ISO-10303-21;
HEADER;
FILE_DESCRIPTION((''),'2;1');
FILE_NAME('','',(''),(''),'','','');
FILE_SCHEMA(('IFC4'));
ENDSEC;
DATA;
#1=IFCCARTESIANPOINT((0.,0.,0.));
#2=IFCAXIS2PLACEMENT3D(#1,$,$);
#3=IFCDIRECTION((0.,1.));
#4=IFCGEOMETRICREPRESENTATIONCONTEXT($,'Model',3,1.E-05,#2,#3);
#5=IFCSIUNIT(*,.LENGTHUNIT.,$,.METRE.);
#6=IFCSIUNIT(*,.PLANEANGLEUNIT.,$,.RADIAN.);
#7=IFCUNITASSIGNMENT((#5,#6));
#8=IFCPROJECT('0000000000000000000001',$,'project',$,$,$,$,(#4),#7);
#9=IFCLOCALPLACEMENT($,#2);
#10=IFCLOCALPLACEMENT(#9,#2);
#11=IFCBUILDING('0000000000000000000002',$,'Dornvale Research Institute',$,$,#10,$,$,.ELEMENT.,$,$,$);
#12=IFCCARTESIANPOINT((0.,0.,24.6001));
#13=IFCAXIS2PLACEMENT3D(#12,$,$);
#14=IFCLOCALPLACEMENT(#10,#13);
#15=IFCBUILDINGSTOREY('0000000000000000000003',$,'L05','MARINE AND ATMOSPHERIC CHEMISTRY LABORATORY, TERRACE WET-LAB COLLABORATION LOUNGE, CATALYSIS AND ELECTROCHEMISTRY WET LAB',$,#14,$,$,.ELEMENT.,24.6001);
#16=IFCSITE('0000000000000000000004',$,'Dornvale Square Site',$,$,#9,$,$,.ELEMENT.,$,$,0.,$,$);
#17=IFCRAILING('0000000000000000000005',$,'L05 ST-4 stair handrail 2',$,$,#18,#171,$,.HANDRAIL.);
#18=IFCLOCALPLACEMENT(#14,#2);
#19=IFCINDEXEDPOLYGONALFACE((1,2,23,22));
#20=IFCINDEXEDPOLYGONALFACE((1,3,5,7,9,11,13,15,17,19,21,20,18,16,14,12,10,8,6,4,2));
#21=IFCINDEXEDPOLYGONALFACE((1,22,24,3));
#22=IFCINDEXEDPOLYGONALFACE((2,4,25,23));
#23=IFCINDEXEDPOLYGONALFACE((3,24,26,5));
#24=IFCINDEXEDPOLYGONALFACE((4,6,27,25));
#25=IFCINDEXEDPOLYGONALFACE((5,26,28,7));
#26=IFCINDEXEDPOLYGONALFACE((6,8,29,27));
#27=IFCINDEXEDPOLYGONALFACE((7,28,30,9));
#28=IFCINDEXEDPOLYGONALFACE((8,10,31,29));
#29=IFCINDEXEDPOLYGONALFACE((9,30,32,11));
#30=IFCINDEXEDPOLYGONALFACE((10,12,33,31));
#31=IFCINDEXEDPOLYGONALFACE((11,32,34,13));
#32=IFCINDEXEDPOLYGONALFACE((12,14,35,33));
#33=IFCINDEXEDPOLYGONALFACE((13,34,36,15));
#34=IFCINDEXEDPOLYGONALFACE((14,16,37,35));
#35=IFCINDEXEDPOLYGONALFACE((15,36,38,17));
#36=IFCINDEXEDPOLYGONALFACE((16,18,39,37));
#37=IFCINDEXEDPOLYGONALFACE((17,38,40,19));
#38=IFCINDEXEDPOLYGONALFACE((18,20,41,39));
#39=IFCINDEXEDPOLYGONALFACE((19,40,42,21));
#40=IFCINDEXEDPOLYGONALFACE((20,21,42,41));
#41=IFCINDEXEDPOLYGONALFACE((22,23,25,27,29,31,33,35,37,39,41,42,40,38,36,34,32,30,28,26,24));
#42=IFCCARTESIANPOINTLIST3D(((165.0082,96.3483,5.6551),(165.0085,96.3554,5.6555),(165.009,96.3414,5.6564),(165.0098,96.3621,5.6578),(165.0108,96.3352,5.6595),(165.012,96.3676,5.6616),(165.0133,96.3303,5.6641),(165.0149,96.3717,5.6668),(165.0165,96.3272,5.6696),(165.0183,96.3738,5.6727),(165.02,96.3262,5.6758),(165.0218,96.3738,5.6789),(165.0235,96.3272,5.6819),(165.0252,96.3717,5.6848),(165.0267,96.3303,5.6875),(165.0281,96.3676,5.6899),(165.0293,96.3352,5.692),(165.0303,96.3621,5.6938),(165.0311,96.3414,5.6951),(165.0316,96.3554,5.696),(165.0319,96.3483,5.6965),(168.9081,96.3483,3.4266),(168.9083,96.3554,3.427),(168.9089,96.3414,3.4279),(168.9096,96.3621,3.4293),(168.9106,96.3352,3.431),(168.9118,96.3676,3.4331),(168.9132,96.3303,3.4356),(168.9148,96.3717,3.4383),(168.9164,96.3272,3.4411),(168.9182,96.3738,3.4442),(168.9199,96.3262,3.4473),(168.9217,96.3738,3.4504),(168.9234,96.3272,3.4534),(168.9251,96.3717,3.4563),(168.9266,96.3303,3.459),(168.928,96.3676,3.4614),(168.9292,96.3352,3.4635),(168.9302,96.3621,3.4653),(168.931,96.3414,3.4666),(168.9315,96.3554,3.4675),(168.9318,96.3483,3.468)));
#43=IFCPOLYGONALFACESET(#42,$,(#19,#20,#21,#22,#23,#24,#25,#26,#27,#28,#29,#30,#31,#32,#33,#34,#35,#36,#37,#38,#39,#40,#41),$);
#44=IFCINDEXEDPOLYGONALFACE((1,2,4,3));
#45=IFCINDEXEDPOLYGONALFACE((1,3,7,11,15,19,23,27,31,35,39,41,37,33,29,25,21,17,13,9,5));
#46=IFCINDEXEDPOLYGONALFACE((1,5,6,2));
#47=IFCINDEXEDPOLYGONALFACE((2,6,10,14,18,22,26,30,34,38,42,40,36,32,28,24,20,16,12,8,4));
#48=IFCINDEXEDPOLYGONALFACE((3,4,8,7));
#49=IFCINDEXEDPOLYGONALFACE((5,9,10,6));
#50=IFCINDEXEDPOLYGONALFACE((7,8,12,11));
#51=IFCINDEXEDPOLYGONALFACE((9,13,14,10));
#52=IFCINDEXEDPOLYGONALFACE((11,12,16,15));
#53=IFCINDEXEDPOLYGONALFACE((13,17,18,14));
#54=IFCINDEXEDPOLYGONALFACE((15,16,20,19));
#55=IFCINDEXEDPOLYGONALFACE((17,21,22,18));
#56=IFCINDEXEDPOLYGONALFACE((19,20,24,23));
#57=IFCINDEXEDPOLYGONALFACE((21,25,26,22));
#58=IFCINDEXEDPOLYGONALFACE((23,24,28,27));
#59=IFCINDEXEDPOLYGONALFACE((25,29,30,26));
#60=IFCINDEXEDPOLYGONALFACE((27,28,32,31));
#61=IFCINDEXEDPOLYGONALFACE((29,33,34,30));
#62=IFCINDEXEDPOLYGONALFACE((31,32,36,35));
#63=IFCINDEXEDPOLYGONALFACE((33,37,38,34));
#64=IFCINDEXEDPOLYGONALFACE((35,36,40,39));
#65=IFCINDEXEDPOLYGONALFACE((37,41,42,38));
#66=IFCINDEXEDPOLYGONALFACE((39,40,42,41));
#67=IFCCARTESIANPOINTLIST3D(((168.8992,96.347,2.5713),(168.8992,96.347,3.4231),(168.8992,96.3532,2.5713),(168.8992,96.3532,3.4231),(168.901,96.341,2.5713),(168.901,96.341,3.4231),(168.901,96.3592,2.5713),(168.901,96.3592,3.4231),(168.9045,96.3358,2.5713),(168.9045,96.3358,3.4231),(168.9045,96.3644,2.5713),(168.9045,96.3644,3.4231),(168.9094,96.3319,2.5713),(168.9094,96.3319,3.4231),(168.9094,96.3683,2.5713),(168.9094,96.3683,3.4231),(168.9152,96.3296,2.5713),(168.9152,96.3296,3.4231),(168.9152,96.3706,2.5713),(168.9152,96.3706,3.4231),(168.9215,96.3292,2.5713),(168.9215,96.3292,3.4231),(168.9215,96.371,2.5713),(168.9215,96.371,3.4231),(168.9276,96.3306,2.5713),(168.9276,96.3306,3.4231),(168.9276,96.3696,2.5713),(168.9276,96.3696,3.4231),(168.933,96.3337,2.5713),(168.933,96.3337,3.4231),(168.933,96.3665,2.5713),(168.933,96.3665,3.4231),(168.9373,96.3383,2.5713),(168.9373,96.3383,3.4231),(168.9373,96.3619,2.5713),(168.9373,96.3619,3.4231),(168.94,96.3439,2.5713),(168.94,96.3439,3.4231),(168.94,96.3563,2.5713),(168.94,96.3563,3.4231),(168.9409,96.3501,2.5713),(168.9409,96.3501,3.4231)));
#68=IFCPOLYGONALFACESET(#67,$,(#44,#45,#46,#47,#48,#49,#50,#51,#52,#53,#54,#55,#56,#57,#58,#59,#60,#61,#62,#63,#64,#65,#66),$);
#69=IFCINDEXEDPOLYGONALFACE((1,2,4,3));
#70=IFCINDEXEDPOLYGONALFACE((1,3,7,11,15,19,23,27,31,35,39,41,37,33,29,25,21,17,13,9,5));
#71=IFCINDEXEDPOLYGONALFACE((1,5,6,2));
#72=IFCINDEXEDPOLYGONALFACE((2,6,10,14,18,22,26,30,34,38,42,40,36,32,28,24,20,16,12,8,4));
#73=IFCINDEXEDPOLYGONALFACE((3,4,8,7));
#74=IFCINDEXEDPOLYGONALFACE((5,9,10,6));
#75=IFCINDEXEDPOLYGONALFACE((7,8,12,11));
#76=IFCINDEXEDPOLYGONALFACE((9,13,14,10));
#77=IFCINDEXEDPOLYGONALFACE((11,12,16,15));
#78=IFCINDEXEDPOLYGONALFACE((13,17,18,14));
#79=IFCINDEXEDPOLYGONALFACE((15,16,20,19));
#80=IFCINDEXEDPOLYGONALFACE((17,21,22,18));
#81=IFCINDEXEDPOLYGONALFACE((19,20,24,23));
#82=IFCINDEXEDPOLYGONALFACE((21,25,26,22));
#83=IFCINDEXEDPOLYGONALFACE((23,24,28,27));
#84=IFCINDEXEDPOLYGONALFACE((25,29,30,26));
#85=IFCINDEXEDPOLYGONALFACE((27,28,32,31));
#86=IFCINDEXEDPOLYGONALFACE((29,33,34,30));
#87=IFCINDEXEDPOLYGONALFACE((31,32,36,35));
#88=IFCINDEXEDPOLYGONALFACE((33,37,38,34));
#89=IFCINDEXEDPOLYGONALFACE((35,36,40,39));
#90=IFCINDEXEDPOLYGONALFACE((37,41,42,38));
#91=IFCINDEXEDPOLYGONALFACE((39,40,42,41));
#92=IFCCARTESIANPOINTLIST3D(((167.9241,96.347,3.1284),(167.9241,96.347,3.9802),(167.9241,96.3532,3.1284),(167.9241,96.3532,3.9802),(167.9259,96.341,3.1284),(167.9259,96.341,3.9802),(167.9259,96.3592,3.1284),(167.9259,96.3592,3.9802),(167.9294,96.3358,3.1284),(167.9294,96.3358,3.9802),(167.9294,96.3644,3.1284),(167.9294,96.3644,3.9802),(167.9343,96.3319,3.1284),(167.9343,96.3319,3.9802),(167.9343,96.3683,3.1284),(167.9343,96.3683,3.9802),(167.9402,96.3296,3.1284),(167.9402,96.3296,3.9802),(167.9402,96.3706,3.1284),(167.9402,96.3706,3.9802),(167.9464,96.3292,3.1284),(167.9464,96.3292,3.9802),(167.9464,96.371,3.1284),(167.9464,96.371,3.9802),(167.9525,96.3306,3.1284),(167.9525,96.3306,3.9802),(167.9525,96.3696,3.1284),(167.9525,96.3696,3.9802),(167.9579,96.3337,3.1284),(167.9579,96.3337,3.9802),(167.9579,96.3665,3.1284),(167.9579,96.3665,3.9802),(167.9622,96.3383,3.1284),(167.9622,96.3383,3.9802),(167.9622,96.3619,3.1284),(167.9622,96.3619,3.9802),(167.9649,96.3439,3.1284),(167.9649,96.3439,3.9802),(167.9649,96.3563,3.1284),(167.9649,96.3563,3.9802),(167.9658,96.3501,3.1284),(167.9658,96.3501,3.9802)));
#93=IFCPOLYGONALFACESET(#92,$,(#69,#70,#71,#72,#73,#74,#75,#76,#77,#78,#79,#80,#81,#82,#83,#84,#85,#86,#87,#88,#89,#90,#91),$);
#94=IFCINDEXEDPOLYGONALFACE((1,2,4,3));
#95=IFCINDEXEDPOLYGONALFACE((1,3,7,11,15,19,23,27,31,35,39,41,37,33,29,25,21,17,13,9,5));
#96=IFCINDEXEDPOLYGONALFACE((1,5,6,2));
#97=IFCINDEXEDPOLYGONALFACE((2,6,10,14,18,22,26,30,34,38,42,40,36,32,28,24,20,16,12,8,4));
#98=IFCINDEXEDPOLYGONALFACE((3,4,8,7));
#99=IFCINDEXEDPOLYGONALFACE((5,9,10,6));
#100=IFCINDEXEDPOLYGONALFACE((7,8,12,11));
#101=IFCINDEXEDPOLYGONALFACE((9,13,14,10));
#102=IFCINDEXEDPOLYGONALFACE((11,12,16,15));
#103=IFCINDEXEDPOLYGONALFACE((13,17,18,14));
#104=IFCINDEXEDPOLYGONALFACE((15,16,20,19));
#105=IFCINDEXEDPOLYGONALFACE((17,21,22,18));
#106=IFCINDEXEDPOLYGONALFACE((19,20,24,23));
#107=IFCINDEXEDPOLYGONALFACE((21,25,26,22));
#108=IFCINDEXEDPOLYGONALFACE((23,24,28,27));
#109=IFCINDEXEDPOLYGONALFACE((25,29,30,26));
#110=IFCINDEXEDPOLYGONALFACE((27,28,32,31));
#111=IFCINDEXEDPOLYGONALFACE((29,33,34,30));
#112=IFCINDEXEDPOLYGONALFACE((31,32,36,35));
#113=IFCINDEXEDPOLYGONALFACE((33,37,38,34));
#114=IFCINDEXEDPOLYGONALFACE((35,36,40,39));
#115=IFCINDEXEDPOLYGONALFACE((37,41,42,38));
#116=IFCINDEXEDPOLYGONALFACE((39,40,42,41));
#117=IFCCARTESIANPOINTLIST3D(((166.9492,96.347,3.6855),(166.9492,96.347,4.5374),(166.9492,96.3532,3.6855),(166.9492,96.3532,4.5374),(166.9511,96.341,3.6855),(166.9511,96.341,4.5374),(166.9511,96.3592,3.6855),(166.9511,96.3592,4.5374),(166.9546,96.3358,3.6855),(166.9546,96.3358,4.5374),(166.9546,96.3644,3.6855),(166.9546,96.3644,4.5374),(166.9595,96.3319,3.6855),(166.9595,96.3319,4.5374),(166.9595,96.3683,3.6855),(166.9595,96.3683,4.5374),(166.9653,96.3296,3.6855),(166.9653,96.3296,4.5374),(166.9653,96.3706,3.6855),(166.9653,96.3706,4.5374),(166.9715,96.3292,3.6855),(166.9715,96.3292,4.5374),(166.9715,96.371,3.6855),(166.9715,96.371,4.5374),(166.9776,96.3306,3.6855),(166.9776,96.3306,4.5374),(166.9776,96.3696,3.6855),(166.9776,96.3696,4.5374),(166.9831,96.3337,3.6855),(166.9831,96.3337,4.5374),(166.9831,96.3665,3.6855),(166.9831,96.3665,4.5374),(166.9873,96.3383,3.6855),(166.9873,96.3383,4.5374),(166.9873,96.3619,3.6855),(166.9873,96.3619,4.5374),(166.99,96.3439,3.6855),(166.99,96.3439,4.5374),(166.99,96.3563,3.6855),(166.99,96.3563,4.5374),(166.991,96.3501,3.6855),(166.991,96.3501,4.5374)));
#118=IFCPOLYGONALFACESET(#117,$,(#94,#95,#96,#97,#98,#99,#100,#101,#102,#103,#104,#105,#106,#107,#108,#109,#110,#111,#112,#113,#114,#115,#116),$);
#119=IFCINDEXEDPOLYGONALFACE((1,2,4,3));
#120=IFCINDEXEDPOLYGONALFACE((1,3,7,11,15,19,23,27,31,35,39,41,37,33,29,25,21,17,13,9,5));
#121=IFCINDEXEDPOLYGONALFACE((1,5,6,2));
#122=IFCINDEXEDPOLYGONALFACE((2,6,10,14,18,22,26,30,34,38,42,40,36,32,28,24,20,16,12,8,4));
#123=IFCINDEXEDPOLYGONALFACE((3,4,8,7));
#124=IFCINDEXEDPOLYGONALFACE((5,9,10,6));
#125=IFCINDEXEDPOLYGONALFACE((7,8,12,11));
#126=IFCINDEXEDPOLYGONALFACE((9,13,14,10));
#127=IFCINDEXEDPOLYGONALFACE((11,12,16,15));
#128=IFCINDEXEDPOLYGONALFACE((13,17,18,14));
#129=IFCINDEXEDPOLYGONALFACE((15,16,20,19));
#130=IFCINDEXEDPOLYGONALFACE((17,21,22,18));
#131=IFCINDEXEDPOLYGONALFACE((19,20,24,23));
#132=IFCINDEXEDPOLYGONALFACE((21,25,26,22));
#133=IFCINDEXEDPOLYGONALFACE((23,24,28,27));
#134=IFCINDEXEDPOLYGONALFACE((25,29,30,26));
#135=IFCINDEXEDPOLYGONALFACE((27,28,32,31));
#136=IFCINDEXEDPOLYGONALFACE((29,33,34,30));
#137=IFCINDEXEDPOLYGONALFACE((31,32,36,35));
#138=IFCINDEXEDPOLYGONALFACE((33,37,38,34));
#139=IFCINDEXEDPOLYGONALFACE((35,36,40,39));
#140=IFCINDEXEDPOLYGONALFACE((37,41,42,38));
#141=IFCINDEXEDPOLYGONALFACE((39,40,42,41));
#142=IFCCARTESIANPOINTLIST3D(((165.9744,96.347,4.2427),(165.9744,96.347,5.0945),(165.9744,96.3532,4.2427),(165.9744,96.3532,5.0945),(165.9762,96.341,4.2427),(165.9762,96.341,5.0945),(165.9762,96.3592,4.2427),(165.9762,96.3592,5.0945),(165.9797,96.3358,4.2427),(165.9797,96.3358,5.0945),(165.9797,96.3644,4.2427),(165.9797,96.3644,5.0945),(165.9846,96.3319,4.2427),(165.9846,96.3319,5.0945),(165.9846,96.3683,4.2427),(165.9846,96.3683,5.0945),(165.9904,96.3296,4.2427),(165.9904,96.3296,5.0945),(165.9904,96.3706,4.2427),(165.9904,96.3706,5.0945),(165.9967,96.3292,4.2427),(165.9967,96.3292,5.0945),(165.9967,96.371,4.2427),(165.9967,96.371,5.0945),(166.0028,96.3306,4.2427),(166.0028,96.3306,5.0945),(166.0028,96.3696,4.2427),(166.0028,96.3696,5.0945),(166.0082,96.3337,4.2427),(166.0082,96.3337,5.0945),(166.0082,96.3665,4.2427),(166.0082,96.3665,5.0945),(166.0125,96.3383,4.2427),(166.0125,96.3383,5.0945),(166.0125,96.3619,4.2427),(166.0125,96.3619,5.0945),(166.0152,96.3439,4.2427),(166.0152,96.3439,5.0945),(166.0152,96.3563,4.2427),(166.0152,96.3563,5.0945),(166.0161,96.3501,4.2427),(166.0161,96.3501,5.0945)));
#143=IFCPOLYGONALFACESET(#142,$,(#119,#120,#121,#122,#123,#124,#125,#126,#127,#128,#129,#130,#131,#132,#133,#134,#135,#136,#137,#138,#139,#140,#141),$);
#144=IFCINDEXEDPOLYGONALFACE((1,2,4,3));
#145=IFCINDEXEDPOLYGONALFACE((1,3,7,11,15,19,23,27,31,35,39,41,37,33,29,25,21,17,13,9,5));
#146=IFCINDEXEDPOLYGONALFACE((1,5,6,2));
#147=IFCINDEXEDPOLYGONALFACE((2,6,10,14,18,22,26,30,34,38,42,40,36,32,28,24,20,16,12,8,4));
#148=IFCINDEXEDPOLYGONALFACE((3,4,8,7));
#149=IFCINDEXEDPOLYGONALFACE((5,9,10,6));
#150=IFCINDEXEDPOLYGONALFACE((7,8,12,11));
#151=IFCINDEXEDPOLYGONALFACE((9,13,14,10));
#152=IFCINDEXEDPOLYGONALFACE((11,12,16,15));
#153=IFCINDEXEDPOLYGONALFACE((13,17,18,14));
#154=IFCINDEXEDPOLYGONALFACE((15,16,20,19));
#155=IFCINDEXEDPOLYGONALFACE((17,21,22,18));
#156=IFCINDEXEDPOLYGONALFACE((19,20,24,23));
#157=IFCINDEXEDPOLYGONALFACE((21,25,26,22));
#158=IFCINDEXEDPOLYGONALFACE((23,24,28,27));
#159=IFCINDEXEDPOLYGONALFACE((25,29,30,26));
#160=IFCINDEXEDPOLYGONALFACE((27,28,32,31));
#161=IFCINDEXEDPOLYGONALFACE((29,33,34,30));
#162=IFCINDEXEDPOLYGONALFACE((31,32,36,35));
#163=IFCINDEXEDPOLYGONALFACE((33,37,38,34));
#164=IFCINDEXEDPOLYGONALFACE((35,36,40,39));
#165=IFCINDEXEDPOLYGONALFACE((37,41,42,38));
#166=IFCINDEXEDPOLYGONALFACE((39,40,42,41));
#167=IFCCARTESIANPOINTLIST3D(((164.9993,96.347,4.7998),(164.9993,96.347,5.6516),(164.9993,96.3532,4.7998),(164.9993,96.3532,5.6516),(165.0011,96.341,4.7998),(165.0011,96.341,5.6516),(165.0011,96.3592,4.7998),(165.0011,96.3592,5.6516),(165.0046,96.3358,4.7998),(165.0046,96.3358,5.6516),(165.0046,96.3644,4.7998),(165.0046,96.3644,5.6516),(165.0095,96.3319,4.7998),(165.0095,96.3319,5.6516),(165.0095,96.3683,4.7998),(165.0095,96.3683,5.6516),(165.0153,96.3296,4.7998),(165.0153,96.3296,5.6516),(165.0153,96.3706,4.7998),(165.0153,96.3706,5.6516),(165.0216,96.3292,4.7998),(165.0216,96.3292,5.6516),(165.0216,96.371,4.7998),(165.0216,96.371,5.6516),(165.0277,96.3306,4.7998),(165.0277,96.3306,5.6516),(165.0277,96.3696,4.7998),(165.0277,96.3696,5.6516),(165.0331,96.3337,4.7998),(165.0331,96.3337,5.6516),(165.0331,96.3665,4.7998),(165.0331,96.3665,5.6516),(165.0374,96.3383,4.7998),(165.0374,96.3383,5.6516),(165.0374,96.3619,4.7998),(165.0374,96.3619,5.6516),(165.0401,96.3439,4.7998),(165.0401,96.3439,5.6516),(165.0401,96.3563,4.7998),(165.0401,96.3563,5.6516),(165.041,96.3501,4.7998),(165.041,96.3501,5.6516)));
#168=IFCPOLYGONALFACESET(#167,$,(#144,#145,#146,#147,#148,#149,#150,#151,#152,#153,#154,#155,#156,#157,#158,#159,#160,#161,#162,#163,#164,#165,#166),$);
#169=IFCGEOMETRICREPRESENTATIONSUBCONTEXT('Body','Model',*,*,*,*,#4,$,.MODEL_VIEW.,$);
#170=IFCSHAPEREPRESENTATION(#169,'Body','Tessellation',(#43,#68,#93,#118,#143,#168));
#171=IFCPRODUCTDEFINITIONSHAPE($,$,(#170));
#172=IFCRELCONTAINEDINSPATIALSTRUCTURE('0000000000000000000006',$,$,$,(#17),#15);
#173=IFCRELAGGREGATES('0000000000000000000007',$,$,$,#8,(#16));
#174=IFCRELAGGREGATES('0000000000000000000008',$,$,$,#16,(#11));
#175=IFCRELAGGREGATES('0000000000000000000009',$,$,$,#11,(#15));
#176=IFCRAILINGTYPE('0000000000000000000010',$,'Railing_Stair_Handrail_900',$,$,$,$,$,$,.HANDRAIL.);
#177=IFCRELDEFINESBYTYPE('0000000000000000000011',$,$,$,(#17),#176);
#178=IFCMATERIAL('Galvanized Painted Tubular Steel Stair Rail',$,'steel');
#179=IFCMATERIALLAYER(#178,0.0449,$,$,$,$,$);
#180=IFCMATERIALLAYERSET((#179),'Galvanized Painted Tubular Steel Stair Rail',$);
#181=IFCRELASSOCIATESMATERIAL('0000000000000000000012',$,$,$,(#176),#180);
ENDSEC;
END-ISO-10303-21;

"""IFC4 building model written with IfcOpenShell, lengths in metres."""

from ifc_helpers import new_model, si_unit, direction, frame, origin, origin_2d, place, context, subcontext, project, spatial, circle, extrude, material, layer, layer_set, type_object, element, save


model = new_model("IFC4")

# Units and contexts
model_context = context("Model", 3, precision=1e-05, world=origin(), true_north=direction((0.0, 1.0)))
body_context = subcontext(model_context, "Body", "Model", "MODEL_VIEW")
ifc_project = project(units=[si_unit("LENGTHUNIT", "METRE"), si_unit("PLANEANGLEUNIT", "RADIAN")], contexts=[model_context])

# Site, building, storey
site_placement = place(None, origin())
site = spatial("IfcSite", under=ifc_project, at=site_placement, Name="Dornvale Square Site", CompositionType="ELEMENT", RefElevation=0.0)
building_placement = place(site_placement, origin())
building = spatial("IfcBuilding", under=site, at=building_placement, Name="Dornvale Research Institute", CompositionType="ELEMENT")
storey_placement = place(building_placement, frame((0.0, 0.0, 24.6001)))
storey = spatial("IfcBuildingStorey", under=building, at=storey_placement, Name="L05", Description="MARINE AND ATMOSPHERIC CHEMISTRY LABORATORY, TERRACE WET-LAB COLLABORATION LOUNGE, CATALYSIS AND ELECTROCHEMISTRY WET LAB", CompositionType="ELEMENT", Elevation=24.6001)

# Railing
ifc_material_1 = material(Name="Galvanized Painted Tubular Steel Stair Rail", Category="steel")
ifc_layer_1 = layer(ifc_material_1, 0.0449)
ifc_layer_set_1 = layer_set([ifc_layer_1], Name="Galvanized Painted Tubular Steel Stair Rail")
railing_type_1 = type_object("IfcRailingType", Name="Railing_Stair_Handrail_900", PredefinedType="HANDRAIL", material=ifc_layer_set_1)
railing_1_placement = place(storey_placement, frame((168.9199, 96.3501, 2.5713)))
element("IfcRailing", 1, at=railing_1_placement, inside=storey, type_object=railing_type_1, Name="L05 ST-4 stair handrail 2", PredefinedType="HANDRAIL", context=body_context, shape_type="SweptSolid", body=[
    extrude(circle(Radius=0.0239, at=origin_2d()), frame((0.0, 0.0, 0.876), z_axis=(-0.868243, 0.0, 0.496139), x_axis=(0.0, -1.0, 0.0)), (0.0, 0.0, 1.0), 4.4917),
    extrude(circle(Radius=0.021, at=origin_2d()), origin(), (0.0, 0.0, 1.0), 0.8518),
    extrude(circle(Radius=0.021, at=origin_2d()), frame((-0.9751, 0.0, 0.5571)), (0.0, 0.0, 1.0), 0.8518),
    extrude(circle(Radius=0.021, at=origin_2d()), frame((-1.95, 0.0, 1.1143)), (0.0, 0.0, 1.0), 0.8518),
    extrude(circle(Radius=0.021, at=origin_2d()), frame((-2.9248, 0.0, 1.6714)), (0.0, 0.0, 1.0), 0.8518),
    extrude(circle(Radius=0.021, at=origin_2d()), frame((-3.8999, 0.0, 2.2285)), (0.0, 0.0, 1.0), 0.8518),
])

save(model, "model.ifc")
